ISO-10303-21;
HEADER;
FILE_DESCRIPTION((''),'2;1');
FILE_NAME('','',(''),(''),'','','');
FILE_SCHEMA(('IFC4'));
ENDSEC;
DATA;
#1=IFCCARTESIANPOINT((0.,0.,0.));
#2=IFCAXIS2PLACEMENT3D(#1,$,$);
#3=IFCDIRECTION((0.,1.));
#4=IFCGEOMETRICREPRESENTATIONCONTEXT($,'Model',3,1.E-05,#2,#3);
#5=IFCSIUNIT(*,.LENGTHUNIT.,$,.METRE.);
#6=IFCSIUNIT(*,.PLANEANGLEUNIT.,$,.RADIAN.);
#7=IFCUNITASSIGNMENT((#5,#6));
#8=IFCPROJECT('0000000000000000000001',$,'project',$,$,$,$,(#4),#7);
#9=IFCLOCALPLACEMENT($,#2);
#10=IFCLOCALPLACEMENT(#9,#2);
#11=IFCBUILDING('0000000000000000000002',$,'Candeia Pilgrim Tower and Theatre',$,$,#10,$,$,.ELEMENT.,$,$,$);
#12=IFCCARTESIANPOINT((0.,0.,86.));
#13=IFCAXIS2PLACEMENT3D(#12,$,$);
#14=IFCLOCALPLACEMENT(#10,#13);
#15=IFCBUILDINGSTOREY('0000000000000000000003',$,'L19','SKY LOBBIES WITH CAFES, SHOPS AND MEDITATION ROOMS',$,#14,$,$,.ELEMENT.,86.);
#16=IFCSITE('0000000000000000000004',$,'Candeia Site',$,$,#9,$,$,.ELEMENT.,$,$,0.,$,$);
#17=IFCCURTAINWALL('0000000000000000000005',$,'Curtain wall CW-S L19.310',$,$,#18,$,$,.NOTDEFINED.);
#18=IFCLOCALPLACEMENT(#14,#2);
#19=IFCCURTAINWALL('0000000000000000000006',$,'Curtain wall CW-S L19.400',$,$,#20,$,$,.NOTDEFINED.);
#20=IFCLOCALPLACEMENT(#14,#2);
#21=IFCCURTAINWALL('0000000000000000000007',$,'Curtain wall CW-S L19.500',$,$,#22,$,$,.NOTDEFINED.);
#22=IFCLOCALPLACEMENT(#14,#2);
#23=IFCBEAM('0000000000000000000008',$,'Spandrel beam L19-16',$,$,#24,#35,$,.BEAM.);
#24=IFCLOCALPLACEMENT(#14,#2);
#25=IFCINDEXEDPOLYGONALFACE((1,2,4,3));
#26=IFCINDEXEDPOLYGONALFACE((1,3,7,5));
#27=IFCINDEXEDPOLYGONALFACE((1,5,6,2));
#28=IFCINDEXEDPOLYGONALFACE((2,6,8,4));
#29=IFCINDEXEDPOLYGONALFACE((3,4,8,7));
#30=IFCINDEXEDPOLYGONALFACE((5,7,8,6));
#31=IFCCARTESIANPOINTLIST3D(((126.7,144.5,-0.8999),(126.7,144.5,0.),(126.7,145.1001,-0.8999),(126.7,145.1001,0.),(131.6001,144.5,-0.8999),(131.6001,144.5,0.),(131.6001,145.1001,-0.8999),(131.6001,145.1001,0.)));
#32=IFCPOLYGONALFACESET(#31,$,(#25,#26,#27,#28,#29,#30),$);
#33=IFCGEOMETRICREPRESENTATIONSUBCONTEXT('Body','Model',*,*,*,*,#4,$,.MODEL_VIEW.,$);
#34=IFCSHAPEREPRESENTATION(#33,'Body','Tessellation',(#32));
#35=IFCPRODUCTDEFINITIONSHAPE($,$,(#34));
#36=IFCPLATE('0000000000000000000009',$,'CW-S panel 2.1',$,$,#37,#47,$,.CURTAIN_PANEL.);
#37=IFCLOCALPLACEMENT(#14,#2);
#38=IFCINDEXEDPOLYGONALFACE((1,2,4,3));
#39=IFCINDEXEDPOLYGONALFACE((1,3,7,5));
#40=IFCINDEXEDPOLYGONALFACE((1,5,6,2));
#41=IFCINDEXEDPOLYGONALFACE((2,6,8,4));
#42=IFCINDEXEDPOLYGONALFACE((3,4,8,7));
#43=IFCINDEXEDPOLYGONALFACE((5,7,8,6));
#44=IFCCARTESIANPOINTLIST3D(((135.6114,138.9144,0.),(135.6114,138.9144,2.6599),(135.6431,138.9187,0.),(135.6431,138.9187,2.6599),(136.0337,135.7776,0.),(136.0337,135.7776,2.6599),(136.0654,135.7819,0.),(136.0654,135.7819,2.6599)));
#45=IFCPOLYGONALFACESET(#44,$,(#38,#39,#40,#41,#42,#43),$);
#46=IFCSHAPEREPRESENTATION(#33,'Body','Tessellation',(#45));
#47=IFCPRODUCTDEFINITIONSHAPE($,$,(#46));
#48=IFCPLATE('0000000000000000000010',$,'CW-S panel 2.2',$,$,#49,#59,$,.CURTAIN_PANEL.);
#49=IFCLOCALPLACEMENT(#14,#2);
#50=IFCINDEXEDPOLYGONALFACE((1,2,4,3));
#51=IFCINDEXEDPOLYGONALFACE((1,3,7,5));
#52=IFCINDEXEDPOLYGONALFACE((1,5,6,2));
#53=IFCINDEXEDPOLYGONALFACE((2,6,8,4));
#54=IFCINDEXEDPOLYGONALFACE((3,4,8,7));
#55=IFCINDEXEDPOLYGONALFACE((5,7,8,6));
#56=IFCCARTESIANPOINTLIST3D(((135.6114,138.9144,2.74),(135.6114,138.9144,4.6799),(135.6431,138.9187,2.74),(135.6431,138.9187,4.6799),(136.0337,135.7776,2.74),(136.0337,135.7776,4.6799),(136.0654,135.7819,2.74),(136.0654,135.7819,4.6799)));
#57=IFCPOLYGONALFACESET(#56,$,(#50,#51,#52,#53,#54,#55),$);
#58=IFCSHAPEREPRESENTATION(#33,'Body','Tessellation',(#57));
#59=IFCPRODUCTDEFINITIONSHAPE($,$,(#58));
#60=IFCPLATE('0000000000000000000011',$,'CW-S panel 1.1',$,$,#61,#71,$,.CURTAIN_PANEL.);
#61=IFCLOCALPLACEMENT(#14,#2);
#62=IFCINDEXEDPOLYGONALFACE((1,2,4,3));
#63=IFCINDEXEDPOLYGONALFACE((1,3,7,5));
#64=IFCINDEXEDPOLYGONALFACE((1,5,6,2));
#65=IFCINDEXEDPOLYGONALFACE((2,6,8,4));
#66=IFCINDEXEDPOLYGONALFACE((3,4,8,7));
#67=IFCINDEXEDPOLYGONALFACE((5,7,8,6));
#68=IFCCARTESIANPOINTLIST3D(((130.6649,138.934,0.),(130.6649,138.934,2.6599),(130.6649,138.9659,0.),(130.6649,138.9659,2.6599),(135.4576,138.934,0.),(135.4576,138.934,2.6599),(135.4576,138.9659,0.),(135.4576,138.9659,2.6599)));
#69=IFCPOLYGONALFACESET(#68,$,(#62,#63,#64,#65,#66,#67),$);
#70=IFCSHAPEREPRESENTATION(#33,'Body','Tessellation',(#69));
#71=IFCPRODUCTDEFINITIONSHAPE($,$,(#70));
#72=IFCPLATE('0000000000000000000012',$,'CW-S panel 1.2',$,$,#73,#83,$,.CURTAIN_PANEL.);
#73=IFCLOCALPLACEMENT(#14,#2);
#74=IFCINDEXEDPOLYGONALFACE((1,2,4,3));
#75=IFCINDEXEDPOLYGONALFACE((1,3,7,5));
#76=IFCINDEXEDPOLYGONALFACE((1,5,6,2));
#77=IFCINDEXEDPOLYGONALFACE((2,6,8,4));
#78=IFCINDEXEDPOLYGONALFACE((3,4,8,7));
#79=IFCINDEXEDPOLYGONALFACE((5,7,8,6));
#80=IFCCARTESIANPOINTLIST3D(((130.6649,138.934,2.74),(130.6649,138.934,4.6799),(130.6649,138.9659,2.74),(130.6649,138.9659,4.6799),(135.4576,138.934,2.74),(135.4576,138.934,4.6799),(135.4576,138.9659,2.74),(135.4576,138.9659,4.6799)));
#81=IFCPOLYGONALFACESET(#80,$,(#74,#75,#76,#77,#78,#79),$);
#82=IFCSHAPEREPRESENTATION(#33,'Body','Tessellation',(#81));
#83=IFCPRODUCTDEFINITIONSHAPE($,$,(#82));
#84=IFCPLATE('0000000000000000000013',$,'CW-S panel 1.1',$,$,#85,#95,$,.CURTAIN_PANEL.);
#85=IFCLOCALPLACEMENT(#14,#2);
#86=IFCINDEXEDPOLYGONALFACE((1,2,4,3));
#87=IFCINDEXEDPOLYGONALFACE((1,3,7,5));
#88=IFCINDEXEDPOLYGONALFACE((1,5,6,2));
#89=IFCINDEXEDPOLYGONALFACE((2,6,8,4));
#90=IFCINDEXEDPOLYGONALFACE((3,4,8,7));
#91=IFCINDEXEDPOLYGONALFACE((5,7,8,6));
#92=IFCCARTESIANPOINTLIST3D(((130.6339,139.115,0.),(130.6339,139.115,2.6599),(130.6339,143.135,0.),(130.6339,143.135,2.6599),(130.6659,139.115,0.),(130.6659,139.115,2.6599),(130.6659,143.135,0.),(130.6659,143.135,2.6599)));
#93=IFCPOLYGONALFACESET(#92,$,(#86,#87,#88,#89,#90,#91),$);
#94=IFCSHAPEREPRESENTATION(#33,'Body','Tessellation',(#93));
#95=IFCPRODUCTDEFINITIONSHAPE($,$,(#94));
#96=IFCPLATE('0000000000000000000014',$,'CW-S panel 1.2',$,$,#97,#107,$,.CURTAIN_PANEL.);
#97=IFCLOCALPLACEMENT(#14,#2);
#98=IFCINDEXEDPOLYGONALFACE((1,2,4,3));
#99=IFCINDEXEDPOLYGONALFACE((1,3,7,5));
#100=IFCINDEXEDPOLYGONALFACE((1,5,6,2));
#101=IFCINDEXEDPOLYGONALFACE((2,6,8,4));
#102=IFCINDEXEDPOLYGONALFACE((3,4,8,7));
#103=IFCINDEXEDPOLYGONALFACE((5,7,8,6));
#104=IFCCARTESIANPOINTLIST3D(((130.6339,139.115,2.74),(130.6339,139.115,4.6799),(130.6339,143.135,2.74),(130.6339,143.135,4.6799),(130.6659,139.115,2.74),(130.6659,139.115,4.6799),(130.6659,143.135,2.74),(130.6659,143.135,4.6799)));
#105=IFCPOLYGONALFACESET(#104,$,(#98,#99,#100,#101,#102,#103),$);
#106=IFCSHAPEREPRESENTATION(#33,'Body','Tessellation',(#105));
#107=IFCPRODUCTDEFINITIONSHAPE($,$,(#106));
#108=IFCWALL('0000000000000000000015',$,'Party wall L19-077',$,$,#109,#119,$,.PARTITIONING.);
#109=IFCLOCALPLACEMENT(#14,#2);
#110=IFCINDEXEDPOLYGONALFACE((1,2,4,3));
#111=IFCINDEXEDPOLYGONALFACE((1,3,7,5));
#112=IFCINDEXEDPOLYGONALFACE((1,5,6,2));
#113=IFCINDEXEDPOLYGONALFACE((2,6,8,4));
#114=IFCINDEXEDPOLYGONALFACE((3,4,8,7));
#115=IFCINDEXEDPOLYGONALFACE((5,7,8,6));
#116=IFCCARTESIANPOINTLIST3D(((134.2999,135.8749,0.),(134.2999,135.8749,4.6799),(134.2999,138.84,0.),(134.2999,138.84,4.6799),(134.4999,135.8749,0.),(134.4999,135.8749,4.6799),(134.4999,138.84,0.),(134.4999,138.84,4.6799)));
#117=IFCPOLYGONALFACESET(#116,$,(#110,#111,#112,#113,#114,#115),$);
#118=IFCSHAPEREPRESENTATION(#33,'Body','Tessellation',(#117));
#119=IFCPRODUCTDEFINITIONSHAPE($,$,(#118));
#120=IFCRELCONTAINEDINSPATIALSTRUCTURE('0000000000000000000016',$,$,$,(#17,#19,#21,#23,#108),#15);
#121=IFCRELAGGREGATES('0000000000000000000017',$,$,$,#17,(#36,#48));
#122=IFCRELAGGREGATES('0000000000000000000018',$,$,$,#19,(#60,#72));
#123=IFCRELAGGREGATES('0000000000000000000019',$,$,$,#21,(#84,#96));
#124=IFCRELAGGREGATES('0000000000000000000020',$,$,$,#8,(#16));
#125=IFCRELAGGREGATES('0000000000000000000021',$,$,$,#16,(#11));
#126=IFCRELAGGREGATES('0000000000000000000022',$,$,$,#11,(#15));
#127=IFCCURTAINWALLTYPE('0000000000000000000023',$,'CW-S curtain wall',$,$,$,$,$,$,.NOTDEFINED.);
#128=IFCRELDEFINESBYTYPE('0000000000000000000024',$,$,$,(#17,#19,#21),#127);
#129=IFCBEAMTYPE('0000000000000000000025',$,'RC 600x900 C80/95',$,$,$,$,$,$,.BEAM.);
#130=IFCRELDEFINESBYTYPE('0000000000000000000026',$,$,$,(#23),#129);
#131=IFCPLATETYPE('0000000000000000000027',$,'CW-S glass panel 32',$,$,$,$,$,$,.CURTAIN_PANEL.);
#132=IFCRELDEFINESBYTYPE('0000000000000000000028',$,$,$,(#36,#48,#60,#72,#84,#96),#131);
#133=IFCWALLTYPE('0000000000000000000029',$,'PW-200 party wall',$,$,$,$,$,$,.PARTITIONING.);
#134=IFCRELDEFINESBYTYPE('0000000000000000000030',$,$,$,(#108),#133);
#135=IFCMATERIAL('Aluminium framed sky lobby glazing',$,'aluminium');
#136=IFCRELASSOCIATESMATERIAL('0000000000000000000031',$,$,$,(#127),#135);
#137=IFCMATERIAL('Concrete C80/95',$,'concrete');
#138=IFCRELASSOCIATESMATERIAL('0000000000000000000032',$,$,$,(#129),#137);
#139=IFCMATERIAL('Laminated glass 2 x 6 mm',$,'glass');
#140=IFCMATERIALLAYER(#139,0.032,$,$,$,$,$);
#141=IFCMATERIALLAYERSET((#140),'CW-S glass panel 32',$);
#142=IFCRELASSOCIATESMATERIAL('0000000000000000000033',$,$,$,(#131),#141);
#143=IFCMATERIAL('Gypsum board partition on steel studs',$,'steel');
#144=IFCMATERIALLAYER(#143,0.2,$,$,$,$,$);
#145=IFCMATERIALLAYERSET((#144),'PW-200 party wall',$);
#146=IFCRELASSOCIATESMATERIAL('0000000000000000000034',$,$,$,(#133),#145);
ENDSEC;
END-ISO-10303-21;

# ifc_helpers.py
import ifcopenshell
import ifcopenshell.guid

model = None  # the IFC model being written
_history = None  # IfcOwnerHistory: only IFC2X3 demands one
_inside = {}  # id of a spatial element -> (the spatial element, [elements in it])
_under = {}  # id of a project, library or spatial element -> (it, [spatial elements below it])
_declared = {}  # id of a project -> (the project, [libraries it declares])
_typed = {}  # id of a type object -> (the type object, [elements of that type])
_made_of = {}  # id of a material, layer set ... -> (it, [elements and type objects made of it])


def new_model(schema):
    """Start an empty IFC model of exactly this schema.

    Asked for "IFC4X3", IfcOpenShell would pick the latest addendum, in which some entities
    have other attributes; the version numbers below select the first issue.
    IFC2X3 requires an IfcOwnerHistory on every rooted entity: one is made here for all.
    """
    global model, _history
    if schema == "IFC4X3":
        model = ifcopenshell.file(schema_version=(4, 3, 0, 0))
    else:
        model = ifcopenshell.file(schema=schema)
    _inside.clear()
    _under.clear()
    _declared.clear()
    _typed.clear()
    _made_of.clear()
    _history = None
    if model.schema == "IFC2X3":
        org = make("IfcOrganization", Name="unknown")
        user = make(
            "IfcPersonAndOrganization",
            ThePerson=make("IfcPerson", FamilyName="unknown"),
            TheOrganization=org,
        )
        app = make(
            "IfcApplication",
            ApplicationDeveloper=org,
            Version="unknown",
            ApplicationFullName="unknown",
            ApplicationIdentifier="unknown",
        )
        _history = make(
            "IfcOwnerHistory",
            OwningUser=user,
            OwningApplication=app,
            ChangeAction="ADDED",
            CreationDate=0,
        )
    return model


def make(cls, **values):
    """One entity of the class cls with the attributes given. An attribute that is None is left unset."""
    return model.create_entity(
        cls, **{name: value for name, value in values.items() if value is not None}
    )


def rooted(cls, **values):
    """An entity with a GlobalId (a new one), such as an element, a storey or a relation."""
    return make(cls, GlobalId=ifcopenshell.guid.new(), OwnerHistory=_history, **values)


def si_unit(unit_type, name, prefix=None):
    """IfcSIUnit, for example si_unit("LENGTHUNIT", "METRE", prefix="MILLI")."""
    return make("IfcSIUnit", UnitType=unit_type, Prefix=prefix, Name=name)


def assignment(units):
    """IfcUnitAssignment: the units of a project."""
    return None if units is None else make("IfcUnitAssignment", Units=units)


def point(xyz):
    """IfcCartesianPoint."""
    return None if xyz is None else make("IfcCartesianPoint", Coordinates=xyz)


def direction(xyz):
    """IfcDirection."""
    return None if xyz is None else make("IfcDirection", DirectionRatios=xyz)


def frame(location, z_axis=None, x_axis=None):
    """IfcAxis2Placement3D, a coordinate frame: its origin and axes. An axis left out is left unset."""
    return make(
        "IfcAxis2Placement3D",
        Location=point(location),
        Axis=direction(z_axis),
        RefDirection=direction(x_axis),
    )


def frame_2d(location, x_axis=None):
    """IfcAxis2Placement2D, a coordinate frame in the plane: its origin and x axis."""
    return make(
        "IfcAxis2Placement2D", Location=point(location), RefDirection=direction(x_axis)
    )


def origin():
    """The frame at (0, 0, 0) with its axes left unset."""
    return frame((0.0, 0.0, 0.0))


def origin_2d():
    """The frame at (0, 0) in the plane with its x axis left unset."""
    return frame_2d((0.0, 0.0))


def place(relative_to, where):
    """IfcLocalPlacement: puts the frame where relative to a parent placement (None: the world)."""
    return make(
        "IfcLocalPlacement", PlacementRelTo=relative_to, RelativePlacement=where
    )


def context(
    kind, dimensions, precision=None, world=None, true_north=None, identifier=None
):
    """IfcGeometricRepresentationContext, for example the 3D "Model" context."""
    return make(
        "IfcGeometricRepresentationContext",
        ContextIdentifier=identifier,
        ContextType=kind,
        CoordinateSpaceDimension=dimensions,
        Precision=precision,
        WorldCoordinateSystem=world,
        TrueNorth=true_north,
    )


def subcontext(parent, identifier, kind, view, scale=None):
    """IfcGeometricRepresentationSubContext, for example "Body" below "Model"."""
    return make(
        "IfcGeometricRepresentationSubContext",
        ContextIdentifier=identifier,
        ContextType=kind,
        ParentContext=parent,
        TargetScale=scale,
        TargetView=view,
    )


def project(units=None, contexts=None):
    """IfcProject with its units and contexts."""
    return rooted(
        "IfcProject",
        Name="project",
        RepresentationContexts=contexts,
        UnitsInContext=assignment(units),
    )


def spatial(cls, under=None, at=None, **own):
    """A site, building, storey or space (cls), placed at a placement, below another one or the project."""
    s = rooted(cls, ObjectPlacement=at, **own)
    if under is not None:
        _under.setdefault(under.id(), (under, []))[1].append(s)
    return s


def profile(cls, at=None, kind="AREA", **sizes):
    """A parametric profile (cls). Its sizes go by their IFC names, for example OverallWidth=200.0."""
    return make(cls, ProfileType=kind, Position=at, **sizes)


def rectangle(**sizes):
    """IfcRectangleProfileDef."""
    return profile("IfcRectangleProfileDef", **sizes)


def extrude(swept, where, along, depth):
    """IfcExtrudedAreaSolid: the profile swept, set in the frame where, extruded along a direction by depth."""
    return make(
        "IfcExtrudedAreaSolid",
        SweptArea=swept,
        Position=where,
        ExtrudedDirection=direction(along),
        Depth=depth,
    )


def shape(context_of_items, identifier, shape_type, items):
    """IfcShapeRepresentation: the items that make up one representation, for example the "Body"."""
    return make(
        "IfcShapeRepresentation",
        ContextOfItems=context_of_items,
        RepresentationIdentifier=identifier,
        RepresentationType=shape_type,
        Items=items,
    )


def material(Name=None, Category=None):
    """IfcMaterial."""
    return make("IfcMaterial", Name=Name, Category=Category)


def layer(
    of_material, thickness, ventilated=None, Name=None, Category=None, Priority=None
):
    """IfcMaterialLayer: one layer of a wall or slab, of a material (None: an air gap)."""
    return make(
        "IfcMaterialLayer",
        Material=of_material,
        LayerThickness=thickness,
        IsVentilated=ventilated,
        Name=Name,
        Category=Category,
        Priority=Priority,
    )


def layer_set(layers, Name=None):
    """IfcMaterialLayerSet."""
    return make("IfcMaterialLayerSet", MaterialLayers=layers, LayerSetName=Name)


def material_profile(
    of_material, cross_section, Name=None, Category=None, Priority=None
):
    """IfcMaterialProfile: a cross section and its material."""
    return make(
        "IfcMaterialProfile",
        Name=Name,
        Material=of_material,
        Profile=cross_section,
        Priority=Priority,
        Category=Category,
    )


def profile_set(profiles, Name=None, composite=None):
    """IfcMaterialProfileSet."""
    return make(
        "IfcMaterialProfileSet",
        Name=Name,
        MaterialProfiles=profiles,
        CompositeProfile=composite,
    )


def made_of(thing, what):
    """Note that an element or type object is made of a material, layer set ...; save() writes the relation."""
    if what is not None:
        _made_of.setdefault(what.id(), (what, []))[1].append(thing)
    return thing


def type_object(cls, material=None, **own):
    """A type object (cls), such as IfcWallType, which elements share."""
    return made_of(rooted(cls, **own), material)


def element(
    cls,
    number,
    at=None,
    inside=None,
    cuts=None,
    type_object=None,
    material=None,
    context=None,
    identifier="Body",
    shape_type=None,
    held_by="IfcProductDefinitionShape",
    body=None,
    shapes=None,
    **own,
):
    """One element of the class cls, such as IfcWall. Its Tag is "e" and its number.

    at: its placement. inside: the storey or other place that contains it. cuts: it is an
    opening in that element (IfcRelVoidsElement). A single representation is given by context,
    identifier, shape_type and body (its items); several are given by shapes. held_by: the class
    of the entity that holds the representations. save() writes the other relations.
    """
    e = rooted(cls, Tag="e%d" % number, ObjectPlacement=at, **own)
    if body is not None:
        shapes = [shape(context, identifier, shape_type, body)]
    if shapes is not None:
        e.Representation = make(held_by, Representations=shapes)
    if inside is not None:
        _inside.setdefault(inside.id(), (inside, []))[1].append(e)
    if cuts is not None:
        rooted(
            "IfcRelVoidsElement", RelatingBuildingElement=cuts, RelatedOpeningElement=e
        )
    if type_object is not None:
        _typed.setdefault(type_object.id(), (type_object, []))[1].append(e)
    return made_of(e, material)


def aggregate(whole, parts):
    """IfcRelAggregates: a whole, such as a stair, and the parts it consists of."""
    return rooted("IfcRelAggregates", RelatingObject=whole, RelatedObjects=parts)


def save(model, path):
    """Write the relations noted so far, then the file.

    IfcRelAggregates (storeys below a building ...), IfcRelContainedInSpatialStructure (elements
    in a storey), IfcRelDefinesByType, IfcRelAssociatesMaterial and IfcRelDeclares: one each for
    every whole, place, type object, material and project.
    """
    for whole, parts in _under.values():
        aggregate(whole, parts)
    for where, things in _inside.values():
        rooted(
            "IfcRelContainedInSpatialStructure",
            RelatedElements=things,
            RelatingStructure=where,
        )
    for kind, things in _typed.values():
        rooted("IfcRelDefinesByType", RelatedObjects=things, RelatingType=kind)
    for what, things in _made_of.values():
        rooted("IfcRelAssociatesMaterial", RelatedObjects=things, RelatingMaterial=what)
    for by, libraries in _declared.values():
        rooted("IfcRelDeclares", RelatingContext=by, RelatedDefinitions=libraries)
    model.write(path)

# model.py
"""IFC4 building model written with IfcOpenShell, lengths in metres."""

from ifc_helpers import new_model, si_unit, direction, frame, frame_2d, origin, origin_2d, place, context, subcontext, project, spatial, rectangle, extrude, material, layer, layer_set, material_profile, profile_set, type_object, element, aggregate, save


model = new_model("IFC4")

# Units and contexts
model_context = context("Model", 3, precision=1e-05, world=origin(), true_north=direction((0.0, 1.0)))
body_context = subcontext(model_context, "Body", "Model", "MODEL_VIEW")
ifc_project = project(units=[si_unit("LENGTHUNIT", "METRE"), si_unit("PLANEANGLEUNIT", "RADIAN")], contexts=[model_context])

# Site, building, storey
site_placement = place(None, origin())
site = spatial("IfcSite", under=ifc_project, at=site_placement, Name="Candeia Site", CompositionType="ELEMENT", RefElevation=0.0)
building_placement = place(site_placement, origin())
building = spatial("IfcBuilding", under=site, at=building_placement, Name="Candeia Pilgrim Tower and Theatre", CompositionType="ELEMENT")
storey_placement = place(building_placement, frame((0.0, 0.0, 86.0)))
storey = spatial("IfcBuildingStorey", under=building, at=storey_placement, Name="L19", Description="SKY LOBBIES WITH CAFES, SHOPS AND MEDITATION ROOMS", CompositionType="ELEMENT", Elevation=86.0)

# Shared definitions
ifc_material_1 = material(Name="Concrete C80/95", Category="concrete")

# Curtain wall
ifc_material_2 = material(Name="Aluminium framed sky lobby glazing", Category="aluminium")
curtain_wall_type = type_object("IfcCurtainWallType", Name="CW-S curtain wall", PredefinedType="NOTDEFINED", material=ifc_material_2)
curtain_wall_1_placement = place(storey_placement, origin())
curtain_wall_1 = element("IfcCurtainWall", 1, at=curtain_wall_1_placement, inside=storey, type_object=curtain_wall_type, Name="Curtain wall CW-S L19.310", PredefinedType="NOTDEFINED")

# Curtain walls
curtain_wall_2_placement = place(storey_placement, origin())
curtain_wall_2 = element("IfcCurtainWall", 2, at=curtain_wall_2_placement, inside=storey, type_object=curtain_wall_type, Name="Curtain wall CW-S L19.400", PredefinedType="NOTDEFINED")
curtain_wall_3_placement = place(storey_placement, origin())
curtain_wall_3 = element("IfcCurtainWall", 3, at=curtain_wall_3_placement, inside=storey, type_object=curtain_wall_type, Name="Curtain wall CW-S L19.500", PredefinedType="NOTDEFINED")

# Beam
ifc_material_profile_1 = material_profile(ifc_material_1, rectangle(XDim=0.6001, YDim=0.8999, at=origin_2d()))
ifc_profile_set_1 = profile_set([ifc_material_profile_1], Name="Concrete C80/95")
beam_type = type_object("IfcBeamType", Name="RC 600x900 C80/95", PredefinedType="BEAM", material=ifc_profile_set_1)
beam_1_placement = place(storey_placement, frame((131.6001, 144.8, -0.45), z_axis=(-1.0, 0.0, 0.0), x_axis=(0.0, -1.0, 0.0)))
element("IfcBeam", 4, at=beam_1_placement, inside=storey, type_object=beam_type, Name="Spandrel beam L19-16", PredefinedType="BEAM", context=body_context, shape_type="SweptSolid", body=[
    extrude(rectangle(XDim=0.6001, YDim=0.8999, at=origin_2d()), origin(), (0.0, 0.0, 1.0), 4.9001),
])

# Plates
ifc_material_3 = material(Name="Laminated glass 2 x 6 mm", Category="glass")
ifc_layer_1 = layer(ifc_material_3, 0.032)
ifc_layer_set_1 = layer_set([ifc_layer_1], Name="CW-S glass panel 32")
plate_type = type_object("IfcPlateType", Name="CW-S glass panel 32", PredefinedType="CURTAIN_PANEL", material=ifc_layer_set_1)
plate_1_placement = place(storey_placement, frame((135.8384, 137.3481, 0.0), z_axis=(0.0, 0.0, 1.0), x_axis=(-0.133412, 0.991061, 0.0)))
plate_1 = element("IfcPlate", 5, at=plate_1_placement, type_object=plate_type, Name="CW-S panel 2.1", PredefinedType="CURTAIN_PANEL", context=body_context, shape_type="SweptSolid", body=[
    extrude(rectangle(XDim=3.165, YDim=0.032, at=origin_2d()), origin(), (0.0, 0.0, 1.0), 2.6599),
])
plate_2_placement = place(storey_placement, frame((135.8384, 137.3481, 2.74), z_axis=(0.0, 0.0, 1.0), x_axis=(-0.133412, 0.991061, 0.0)))
plate_2 = element("IfcPlate", 6, at=plate_2_placement, type_object=plate_type, Name="CW-S panel 2.2", PredefinedType="CURTAIN_PANEL", context=body_context, shape_type="SweptSolid", body=[
    extrude(rectangle(XDim=3.165, YDim=0.032, at=origin_2d()), origin(), (0.0, 0.0, 1.0), 1.9399),
])
aggregate(curtain_wall_1, [plate_1, plate_2])
plate_3_placement = place(storey_placement, frame((133.0613, 138.95, 0.0), z_axis=(0.0, 0.0, 1.0), x_axis=(-1.0, 0.0, 0.0)))
plate_3 = element("IfcPlate", 7, at=plate_3_placement, type_object=plate_type, Name="CW-S panel 1.1", PredefinedType="CURTAIN_PANEL", context=body_context, shape_type="SweptSolid", body=[
    extrude(rectangle(XDim=4.7927, YDim=0.032, at=origin_2d()), origin(), (0.0, 0.0, 1.0), 2.6599),
])
plate_4_placement = place(storey_placement, frame((133.0613, 138.95, 2.74), z_axis=(0.0, 0.0, 1.0), x_axis=(-1.0, 0.0, 0.0)))
plate_4 = element("IfcPlate", 8, at=plate_4_placement, type_object=plate_type, Name="CW-S panel 1.2", PredefinedType="CURTAIN_PANEL", context=body_context, shape_type="SweptSolid", body=[
    extrude(rectangle(XDim=4.7927, YDim=0.032, at=origin_2d()), origin(), (0.0, 0.0, 1.0), 1.9399),
])
aggregate(curtain_wall_2, [plate_3, plate_4])
plate_5_placement = place(storey_placement, frame((130.6499, 141.125, 0.0), z_axis=(0.0, 0.0, 1.0), x_axis=(0.0, 1.0, 0.0)))
plate_5 = element("IfcPlate", 9, at=plate_5_placement, type_object=plate_type, Name="CW-S panel 1.1", PredefinedType="CURTAIN_PANEL", context=body_context, shape_type="SweptSolid", body=[
    extrude(rectangle(XDim=4.02, YDim=0.032, at=origin_2d()), origin(), (0.0, 0.0, 1.0), 2.6599),
])
plate_6_placement = place(storey_placement, frame((130.6499, 141.125, 2.74), z_axis=(0.0, 0.0, 1.0), x_axis=(0.0, 1.0, 0.0)))
plate_6 = element("IfcPlate", 10, at=plate_6_placement, type_object=plate_type, Name="CW-S panel 1.2", PredefinedType="CURTAIN_PANEL", context=body_context, shape_type="SweptSolid", body=[
    extrude(rectangle(XDim=4.02, YDim=0.032, at=origin_2d()), origin(), (0.0, 0.0, 1.0), 1.9399),
])
aggregate(curtain_wall_3, [plate_5, plate_6])

# Wall
ifc_material_4 = material(Name="Gypsum board partition on steel studs", Category="steel")
ifc_layer_2 = layer(ifc_material_4, 0.2)
ifc_layer_set_2 = layer_set([ifc_layer_2], Name="PW-200 party wall")
wall_type = type_object("IfcWallType", Name="PW-200 party wall", PredefinedType="PARTITIONING", material=ifc_layer_set_2)
wall_placement = place(storey_placement, frame((134.3999, 135.875, 0.0), z_axis=(0.0, 0.0, 1.0), x_axis=(0.0, 1.0, 0.0)))
element("IfcWall", 11, at=wall_placement, inside=storey, type_object=wall_type, Name="Party wall L19-077", PredefinedType="PARTITIONING", context=body_context, shape_type="SweptSolid", body=[
    extrude(rectangle(XDim=2.9651, YDim=0.2, at=frame_2d((1.4824, 0.0))), origin(), (0.0, 0.0, 1.0), 4.6799),
])

save(model, "model.ifc")
